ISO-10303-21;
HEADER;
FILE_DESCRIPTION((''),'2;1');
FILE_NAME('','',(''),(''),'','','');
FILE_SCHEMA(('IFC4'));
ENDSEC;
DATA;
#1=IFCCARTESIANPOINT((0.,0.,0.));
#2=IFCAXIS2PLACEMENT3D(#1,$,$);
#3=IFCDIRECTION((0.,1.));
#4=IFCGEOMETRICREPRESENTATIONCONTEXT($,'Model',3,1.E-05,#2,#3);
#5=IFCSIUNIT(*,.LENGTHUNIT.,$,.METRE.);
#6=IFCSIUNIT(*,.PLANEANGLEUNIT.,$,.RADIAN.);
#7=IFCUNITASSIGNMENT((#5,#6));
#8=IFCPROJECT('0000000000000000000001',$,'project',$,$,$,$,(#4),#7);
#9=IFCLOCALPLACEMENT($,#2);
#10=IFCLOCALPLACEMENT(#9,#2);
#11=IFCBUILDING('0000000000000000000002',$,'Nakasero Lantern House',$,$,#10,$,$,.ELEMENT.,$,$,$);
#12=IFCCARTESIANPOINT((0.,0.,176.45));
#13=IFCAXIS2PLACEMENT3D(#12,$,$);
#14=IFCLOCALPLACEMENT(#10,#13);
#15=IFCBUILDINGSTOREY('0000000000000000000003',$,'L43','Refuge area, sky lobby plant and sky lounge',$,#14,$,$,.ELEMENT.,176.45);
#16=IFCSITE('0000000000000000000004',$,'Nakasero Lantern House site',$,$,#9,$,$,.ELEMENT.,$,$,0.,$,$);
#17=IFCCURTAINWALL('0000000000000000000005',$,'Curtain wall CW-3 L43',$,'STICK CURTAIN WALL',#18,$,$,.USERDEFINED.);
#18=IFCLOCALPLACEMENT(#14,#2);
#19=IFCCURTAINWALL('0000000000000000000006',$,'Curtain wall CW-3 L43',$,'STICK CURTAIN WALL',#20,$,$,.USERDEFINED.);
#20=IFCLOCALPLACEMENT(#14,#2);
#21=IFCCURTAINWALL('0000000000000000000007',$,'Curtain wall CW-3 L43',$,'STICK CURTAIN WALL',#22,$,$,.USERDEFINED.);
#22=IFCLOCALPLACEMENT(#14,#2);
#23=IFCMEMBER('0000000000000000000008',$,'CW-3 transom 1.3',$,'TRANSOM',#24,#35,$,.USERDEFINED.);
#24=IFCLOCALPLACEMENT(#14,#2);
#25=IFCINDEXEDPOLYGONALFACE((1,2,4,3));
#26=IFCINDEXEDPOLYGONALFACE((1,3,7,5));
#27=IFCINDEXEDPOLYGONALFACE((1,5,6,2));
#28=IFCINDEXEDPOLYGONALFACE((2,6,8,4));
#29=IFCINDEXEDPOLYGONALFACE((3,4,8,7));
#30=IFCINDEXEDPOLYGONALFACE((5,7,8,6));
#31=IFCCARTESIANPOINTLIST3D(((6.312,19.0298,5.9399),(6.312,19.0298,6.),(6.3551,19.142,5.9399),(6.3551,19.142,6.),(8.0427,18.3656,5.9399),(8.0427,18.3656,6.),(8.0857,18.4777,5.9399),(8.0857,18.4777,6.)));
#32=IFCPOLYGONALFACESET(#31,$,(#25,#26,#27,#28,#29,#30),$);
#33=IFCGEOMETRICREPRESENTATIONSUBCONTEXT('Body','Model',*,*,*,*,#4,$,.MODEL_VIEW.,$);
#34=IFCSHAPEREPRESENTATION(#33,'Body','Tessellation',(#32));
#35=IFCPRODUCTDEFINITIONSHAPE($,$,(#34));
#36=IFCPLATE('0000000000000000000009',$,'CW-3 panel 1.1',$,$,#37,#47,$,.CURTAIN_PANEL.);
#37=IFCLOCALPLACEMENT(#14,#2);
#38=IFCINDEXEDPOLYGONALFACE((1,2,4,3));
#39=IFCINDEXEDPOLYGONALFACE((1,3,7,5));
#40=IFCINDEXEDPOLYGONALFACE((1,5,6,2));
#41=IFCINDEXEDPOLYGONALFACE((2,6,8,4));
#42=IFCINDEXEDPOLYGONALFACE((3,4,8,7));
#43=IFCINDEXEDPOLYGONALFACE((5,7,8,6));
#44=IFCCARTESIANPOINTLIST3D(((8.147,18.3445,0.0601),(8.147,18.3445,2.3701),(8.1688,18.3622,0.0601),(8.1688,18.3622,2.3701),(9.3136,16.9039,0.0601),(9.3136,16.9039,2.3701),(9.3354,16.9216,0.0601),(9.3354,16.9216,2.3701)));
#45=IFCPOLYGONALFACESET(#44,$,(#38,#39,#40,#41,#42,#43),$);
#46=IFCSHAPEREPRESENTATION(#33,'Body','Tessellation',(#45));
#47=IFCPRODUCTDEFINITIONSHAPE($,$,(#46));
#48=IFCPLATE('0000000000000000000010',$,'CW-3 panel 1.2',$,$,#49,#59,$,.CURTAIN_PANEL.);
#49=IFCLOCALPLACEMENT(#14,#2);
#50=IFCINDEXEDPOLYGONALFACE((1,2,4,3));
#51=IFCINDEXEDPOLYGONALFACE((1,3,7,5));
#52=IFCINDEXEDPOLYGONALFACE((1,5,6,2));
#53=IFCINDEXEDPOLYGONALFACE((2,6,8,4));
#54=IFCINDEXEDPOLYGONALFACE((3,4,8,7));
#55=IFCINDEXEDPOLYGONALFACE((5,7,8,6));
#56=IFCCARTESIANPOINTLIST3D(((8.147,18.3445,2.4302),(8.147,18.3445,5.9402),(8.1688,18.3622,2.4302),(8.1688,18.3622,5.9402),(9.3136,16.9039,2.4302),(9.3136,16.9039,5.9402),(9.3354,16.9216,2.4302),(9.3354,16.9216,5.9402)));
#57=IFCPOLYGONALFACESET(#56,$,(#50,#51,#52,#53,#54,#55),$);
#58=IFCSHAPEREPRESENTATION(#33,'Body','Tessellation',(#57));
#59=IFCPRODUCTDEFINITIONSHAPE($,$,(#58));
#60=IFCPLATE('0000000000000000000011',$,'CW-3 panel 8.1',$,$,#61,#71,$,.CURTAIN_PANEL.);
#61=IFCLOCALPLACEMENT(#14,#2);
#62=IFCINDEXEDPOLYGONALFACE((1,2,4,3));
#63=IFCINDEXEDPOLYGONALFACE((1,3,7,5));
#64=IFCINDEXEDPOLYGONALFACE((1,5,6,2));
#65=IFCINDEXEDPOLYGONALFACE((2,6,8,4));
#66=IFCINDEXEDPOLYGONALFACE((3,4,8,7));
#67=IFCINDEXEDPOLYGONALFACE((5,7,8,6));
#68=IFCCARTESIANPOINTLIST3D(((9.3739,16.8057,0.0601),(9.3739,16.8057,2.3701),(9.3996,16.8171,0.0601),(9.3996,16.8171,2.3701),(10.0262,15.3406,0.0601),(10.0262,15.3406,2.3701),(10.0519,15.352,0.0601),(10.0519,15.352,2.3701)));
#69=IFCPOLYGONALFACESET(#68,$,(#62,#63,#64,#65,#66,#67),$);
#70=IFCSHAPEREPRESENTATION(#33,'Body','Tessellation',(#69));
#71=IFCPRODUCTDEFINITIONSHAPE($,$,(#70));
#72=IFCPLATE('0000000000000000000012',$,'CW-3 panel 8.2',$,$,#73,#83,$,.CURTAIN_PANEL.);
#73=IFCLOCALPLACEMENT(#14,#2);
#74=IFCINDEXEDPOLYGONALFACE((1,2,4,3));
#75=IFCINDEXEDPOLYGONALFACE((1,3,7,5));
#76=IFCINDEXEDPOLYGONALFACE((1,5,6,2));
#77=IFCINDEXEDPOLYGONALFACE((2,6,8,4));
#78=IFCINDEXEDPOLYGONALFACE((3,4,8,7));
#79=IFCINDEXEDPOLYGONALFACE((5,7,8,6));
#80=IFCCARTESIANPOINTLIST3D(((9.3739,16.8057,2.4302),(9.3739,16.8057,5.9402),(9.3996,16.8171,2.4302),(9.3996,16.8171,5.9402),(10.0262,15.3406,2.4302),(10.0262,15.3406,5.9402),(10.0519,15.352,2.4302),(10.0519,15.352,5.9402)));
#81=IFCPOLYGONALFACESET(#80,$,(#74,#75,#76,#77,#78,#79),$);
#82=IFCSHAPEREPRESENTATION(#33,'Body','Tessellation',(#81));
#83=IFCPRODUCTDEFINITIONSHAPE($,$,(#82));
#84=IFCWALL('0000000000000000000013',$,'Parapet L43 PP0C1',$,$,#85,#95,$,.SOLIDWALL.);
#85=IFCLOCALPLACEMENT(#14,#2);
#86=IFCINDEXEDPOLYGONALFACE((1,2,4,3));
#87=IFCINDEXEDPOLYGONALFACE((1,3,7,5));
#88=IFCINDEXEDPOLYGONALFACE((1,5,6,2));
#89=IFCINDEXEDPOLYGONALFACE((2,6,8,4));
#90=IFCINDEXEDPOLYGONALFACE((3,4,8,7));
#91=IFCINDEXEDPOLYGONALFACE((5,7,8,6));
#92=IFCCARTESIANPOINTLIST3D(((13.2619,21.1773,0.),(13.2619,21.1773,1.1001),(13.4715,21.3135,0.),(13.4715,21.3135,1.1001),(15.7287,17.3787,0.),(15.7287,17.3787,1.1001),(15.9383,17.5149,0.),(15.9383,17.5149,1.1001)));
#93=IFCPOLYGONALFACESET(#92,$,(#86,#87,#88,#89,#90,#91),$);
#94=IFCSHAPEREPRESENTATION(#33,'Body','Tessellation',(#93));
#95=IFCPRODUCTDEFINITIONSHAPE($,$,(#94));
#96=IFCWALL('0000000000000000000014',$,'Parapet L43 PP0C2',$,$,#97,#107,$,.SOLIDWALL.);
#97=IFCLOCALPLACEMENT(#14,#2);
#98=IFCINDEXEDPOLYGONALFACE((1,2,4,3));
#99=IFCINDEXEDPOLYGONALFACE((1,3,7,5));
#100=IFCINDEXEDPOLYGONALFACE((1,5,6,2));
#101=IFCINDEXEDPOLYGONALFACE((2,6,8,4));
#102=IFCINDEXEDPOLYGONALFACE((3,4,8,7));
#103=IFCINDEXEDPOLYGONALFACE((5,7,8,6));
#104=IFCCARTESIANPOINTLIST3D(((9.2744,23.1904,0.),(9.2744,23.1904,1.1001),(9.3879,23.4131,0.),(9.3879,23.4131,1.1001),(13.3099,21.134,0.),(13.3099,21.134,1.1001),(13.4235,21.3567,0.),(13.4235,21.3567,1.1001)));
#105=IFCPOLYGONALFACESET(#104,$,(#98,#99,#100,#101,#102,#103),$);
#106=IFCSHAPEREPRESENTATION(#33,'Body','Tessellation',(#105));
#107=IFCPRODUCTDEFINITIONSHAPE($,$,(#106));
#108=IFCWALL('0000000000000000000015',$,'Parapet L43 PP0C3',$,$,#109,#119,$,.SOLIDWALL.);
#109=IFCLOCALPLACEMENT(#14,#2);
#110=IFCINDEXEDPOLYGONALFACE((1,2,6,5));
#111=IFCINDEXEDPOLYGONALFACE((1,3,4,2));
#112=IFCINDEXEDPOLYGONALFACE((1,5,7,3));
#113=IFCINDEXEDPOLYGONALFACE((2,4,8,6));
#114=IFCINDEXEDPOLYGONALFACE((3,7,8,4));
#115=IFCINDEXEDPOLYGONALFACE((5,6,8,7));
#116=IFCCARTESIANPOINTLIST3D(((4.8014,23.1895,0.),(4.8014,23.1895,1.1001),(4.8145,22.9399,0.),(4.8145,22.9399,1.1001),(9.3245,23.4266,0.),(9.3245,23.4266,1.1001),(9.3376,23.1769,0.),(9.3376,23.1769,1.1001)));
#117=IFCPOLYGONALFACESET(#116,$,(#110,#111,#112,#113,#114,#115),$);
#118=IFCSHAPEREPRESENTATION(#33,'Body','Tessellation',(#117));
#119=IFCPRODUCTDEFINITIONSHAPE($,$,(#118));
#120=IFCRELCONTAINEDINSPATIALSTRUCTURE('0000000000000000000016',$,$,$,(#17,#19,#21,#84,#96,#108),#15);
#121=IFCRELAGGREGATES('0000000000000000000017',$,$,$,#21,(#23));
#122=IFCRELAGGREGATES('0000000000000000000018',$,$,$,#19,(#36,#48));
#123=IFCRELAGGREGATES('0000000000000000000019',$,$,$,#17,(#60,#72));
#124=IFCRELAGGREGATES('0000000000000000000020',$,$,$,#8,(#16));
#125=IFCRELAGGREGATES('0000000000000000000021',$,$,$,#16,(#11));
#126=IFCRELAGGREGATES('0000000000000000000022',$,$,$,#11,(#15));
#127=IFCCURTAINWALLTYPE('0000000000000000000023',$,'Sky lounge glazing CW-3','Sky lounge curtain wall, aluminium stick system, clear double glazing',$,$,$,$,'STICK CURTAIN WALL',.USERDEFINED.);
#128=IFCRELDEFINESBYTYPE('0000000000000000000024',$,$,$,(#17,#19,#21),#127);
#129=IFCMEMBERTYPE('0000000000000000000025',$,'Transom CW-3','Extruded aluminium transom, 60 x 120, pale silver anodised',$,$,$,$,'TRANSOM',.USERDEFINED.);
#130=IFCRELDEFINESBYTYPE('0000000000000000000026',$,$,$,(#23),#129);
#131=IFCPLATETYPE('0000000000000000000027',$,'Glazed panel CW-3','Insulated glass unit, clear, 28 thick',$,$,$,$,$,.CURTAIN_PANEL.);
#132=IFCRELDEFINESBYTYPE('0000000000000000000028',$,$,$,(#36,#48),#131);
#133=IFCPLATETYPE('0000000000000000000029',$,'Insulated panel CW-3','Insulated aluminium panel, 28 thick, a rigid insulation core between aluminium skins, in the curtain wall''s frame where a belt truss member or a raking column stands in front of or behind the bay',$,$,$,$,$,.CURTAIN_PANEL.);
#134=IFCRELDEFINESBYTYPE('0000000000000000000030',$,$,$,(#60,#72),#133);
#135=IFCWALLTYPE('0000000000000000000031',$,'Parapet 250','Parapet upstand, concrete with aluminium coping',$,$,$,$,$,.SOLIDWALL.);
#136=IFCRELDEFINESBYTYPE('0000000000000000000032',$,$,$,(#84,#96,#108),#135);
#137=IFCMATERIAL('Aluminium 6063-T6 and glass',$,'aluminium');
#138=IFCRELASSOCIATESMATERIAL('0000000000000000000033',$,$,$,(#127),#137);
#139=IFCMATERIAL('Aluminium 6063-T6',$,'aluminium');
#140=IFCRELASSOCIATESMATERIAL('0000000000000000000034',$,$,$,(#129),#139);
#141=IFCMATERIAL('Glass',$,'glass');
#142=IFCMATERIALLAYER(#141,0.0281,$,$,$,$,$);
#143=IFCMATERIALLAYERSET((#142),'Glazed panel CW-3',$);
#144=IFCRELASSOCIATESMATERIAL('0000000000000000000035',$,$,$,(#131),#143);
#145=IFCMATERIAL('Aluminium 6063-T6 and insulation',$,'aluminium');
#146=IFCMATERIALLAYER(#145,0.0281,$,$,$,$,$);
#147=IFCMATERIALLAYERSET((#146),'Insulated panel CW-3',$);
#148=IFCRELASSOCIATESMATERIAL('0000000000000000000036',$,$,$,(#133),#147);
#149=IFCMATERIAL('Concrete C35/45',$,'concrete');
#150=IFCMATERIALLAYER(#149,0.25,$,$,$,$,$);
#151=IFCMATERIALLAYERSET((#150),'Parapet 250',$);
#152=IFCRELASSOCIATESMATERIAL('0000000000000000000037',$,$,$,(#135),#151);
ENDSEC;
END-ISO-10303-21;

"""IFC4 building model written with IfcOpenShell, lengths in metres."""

from ifc_helpers import new_model, si_unit, direction, frame, frame_2d, origin, origin_2d, place, context, subcontext, project, spatial, rectangle, extrude, material, layer, layer_set, material_profile, profile_set, type_object, element, aggregate, save


model = new_model("IFC4")

# Units and contexts
model_context = context("Model", 3, precision=1e-05, world=origin(), true_north=direction((0.0, 1.0)))
body_context = subcontext(model_context, "Body", "Model", "MODEL_VIEW")
ifc_project = project(units=[si_unit("LENGTHUNIT", "METRE"), si_unit("PLANEANGLEUNIT", "RADIAN")], contexts=[model_context])

# Site, building, storey
site_placement = place(None, origin())
site = spatial("IfcSite", under=ifc_project, at=site_placement, Name="Nakasero Lantern House site", CompositionType="ELEMENT", RefElevation=0.0)
building_placement = place(site_placement, origin())
building = spatial("IfcBuilding", under=site, at=building_placement, Name="Nakasero Lantern House", CompositionType="ELEMENT")
storey_placement = place(building_placement, frame((0.0, 0.0, 176.45)))
storey = spatial("IfcBuildingStorey", under=building, at=storey_placement, Name="L43", Description="Refuge area, sky lobby plant and sky lounge", CompositionType="ELEMENT", Elevation=176.45)

# Curtain wall
ifc_material_1 = material(Name="Aluminium 6063-T6 and glass", Category="aluminium")
curtain_wall_type = type_object("IfcCurtainWallType", Name="Sky lounge glazing CW-3", Description="Sky lounge curtain wall, aluminium stick system, clear double glazing", ElementType="STICK CURTAIN WALL", PredefinedType="USERDEFINED", material=ifc_material_1)
curtain_wall_1_placement = place(storey_placement, origin())
curtain_wall_1 = element("IfcCurtainWall", 1, at=curtain_wall_1_placement, inside=storey, type_object=curtain_wall_type, Name="Curtain wall CW-3 L43", ObjectType="STICK CURTAIN WALL", PredefinedType="USERDEFINED")

# Curtain wall
curtain_wall_2_placement = place(storey_placement, origin())
curtain_wall_2 = element("IfcCurtainWall", 2, at=curtain_wall_2_placement, inside=storey, type_object=curtain_wall_type, Name="Curtain wall CW-3 L43", ObjectType="STICK CURTAIN WALL", PredefinedType="USERDEFINED")

# Curtain wall
curtain_wall_3_placement = place(storey_placement, origin())
curtain_wall_3 = element("IfcCurtainWall", 3, at=curtain_wall_3_placement, inside=storey, type_object=curtain_wall_type, Name="Curtain wall CW-3 L43", ObjectType="STICK CURTAIN WALL", PredefinedType="USERDEFINED")

# Member
ifc_material_2 = material(Name="Aluminium 6063-T6", Category="aluminium")
ifc_material_profile_1 = material_profile(ifc_material_2, rectangle(XDim=0.0601, YDim=0.1201, at=origin_2d()), Name="CW-3 transom 60x120")
ifc_profile_set_1 = profile_set([ifc_material_profile_1], Name="Aluminium 6063-T6")
member_type_1 = type_object("IfcMemberType", Name="Transom CW-3", Description="Extruded aluminium transom, 60 x 120, pale silver anodised", ElementType="TRANSOM", PredefinedType="USERDEFINED", material=ifc_profile_set_1)
member_1_placement = place(storey_placement, frame((8.0642, 18.4216, 5.97), z_axis=(-0.93359, 0.358344, 0.0), x_axis=(0.0, 0.0, 1.0)))
member_1 = element("IfcMember", 4, at=member_1_placement, type_object=member_type_1, Name="CW-3 transom 1.3", ObjectType="TRANSOM", PredefinedType="USERDEFINED", context=body_context, shape_type="SweptSolid", body=[
    extrude(rectangle(XDim=0.0601, YDim=0.1201, at=origin_2d()), origin(), (0.0, 0.0, 1.0), 1.8538),
])
aggregate(curtain_wall_3, [member_1])

# Plates
ifc_material_3 = material(Name="Glass", Category="glass")
ifc_layer_1 = layer(ifc_material_3, 0.0281)
ifc_layer_set_1 = layer_set([ifc_layer_1], Name="Glazed panel CW-3")
plate_type_1 = type_object("IfcPlateType", Name="Glazed panel CW-3", Description="Insulated glass unit, clear, 28 thick", PredefinedType="CURTAIN_PANEL", material=ifc_layer_set_1)
plate_1_placement = place(storey_placement, frame((8.7412, 17.6331, 0.0601), z_axis=(0.0, 0.0, 1.0), x_axis=(-0.62932, 0.777146, 0.0)))
plate_1 = element("IfcPlate", 5, at=plate_1_placement, type_object=plate_type_1, Name="CW-3 panel 1.1", PredefinedType="CURTAIN_PANEL", context=body_context, shape_type="SweptSolid", body=[
    extrude(rectangle(XDim=1.8538, YDim=0.0281, at=origin_2d()), origin(), (0.0, 0.0, 1.0), 2.3101),
])
plate_2_placement = place(storey_placement, frame((8.7412, 17.6331, 2.4302), z_axis=(0.0, 0.0, 1.0), x_axis=(-0.62932, 0.777146, 0.0)))
plate_2 = element("IfcPlate", 6, at=plate_2_placement, type_object=plate_type_1, Name="CW-3 panel 1.2", PredefinedType="CURTAIN_PANEL", context=body_context, shape_type="SweptSolid", body=[
    extrude(rectangle(XDim=1.8538, YDim=0.0281, at=origin_2d()), origin(), (0.0, 0.0, 1.0), 3.51),
])
aggregate(curtain_wall_2, [plate_1, plate_2])
ifc_material_4 = material(Name="Aluminium 6063-T6 and insulation", Category="aluminium")
ifc_layer_2 = layer(ifc_material_4, 0.0281)
ifc_layer_set_2 = layer_set([ifc_layer_2], Name="Insulated panel CW-3")
plate_type_2 = type_object("IfcPlateType", Name="Insulated panel CW-3", Description="Insulated aluminium panel, 28 thick, a rigid insulation core between aluminium skins, in the curtain wall's frame where a belt truss member or a raking column stands in front of or behind the bay", PredefinedType="CURTAIN_PANEL", material=ifc_layer_set_2)
plate_3_placement = place(storey_placement, frame((9.7129, 16.0789, 0.0601), z_axis=(0.0, 0.0, 1.0), x_axis=(-0.406737, 0.913545, 0.0)))
plate_3 = element("IfcPlate", 7, at=plate_3_placement, type_object=plate_type_2, Name="CW-3 panel 8.1", PredefinedType="CURTAIN_PANEL", context=body_context, shape_type="SweptSolid", body=[
    extrude(rectangle(XDim=1.6038, YDim=0.0281, at=origin_2d()), origin(), (0.0, 0.0, 1.0), 2.3101),
])
plate_4_placement = place(storey_placement, frame((9.7129, 16.0789, 2.4302), z_axis=(0.0, 0.0, 1.0), x_axis=(-0.406737, 0.913545, 0.0)))
plate_4 = element("IfcPlate", 8, at=plate_4_placement, type_object=plate_type_2, Name="CW-3 panel 8.2", PredefinedType="CURTAIN_PANEL", context=body_context, shape_type="SweptSolid", body=[
    extrude(rectangle(XDim=1.6038, YDim=0.0281, at=origin_2d()), origin(), (0.0, 0.0, 1.0), 3.51),
])
aggregate(curtain_wall_1, [plate_3, plate_4])

# Walls
ifc_material_5 = material(Name="Concrete C35/45", Category="concrete")
ifc_layer_3 = layer(ifc_material_5, 0.25)
ifc_layer_set_3 = layer_set([ifc_layer_3], Name="Parapet 250")
wall_type = type_object("IfcWallType", Name="Parapet 250", Description="Parapet upstand, concrete with aluminium coping", PredefinedType="SOLIDWALL", material=ifc_layer_set_3)
for number, where, z_axis, x_axis, name in (
    (9, (15.8335, 17.4468, 0.0), (0.0, 0.0, 1.0), (-0.544634, 0.838674, 0.0), "Parapet L43 PP0C1"),
    (10, (13.3667, 21.2454, 0.0), (0.0, 0.0, 1.0), (-0.890995, 0.454014, 0.0), "Parapet L43 PP0C2"),
    (11, (9.3311, 23.3018, 0.0), (0.0, 0.0, 1.0), (-0.998629, -0.052338, 0.0), "Parapet L43 PP0C3"),
):
    element("IfcWall", number, at=place(storey_placement, frame(where, z_axis=z_axis, x_axis=x_axis)), inside=storey, type_object=wall_type, Name=name, PredefinedType="SOLIDWALL", context=body_context, shape_type="SweptSolid", body=[
        extrude(rectangle(XDim=4.5293, YDim=0.25, at=frame_2d((2.2646, 0.0))), origin(), (0.0, 0.0, 1.0), 1.1001),
    ])

save(model, "model.ifc")
